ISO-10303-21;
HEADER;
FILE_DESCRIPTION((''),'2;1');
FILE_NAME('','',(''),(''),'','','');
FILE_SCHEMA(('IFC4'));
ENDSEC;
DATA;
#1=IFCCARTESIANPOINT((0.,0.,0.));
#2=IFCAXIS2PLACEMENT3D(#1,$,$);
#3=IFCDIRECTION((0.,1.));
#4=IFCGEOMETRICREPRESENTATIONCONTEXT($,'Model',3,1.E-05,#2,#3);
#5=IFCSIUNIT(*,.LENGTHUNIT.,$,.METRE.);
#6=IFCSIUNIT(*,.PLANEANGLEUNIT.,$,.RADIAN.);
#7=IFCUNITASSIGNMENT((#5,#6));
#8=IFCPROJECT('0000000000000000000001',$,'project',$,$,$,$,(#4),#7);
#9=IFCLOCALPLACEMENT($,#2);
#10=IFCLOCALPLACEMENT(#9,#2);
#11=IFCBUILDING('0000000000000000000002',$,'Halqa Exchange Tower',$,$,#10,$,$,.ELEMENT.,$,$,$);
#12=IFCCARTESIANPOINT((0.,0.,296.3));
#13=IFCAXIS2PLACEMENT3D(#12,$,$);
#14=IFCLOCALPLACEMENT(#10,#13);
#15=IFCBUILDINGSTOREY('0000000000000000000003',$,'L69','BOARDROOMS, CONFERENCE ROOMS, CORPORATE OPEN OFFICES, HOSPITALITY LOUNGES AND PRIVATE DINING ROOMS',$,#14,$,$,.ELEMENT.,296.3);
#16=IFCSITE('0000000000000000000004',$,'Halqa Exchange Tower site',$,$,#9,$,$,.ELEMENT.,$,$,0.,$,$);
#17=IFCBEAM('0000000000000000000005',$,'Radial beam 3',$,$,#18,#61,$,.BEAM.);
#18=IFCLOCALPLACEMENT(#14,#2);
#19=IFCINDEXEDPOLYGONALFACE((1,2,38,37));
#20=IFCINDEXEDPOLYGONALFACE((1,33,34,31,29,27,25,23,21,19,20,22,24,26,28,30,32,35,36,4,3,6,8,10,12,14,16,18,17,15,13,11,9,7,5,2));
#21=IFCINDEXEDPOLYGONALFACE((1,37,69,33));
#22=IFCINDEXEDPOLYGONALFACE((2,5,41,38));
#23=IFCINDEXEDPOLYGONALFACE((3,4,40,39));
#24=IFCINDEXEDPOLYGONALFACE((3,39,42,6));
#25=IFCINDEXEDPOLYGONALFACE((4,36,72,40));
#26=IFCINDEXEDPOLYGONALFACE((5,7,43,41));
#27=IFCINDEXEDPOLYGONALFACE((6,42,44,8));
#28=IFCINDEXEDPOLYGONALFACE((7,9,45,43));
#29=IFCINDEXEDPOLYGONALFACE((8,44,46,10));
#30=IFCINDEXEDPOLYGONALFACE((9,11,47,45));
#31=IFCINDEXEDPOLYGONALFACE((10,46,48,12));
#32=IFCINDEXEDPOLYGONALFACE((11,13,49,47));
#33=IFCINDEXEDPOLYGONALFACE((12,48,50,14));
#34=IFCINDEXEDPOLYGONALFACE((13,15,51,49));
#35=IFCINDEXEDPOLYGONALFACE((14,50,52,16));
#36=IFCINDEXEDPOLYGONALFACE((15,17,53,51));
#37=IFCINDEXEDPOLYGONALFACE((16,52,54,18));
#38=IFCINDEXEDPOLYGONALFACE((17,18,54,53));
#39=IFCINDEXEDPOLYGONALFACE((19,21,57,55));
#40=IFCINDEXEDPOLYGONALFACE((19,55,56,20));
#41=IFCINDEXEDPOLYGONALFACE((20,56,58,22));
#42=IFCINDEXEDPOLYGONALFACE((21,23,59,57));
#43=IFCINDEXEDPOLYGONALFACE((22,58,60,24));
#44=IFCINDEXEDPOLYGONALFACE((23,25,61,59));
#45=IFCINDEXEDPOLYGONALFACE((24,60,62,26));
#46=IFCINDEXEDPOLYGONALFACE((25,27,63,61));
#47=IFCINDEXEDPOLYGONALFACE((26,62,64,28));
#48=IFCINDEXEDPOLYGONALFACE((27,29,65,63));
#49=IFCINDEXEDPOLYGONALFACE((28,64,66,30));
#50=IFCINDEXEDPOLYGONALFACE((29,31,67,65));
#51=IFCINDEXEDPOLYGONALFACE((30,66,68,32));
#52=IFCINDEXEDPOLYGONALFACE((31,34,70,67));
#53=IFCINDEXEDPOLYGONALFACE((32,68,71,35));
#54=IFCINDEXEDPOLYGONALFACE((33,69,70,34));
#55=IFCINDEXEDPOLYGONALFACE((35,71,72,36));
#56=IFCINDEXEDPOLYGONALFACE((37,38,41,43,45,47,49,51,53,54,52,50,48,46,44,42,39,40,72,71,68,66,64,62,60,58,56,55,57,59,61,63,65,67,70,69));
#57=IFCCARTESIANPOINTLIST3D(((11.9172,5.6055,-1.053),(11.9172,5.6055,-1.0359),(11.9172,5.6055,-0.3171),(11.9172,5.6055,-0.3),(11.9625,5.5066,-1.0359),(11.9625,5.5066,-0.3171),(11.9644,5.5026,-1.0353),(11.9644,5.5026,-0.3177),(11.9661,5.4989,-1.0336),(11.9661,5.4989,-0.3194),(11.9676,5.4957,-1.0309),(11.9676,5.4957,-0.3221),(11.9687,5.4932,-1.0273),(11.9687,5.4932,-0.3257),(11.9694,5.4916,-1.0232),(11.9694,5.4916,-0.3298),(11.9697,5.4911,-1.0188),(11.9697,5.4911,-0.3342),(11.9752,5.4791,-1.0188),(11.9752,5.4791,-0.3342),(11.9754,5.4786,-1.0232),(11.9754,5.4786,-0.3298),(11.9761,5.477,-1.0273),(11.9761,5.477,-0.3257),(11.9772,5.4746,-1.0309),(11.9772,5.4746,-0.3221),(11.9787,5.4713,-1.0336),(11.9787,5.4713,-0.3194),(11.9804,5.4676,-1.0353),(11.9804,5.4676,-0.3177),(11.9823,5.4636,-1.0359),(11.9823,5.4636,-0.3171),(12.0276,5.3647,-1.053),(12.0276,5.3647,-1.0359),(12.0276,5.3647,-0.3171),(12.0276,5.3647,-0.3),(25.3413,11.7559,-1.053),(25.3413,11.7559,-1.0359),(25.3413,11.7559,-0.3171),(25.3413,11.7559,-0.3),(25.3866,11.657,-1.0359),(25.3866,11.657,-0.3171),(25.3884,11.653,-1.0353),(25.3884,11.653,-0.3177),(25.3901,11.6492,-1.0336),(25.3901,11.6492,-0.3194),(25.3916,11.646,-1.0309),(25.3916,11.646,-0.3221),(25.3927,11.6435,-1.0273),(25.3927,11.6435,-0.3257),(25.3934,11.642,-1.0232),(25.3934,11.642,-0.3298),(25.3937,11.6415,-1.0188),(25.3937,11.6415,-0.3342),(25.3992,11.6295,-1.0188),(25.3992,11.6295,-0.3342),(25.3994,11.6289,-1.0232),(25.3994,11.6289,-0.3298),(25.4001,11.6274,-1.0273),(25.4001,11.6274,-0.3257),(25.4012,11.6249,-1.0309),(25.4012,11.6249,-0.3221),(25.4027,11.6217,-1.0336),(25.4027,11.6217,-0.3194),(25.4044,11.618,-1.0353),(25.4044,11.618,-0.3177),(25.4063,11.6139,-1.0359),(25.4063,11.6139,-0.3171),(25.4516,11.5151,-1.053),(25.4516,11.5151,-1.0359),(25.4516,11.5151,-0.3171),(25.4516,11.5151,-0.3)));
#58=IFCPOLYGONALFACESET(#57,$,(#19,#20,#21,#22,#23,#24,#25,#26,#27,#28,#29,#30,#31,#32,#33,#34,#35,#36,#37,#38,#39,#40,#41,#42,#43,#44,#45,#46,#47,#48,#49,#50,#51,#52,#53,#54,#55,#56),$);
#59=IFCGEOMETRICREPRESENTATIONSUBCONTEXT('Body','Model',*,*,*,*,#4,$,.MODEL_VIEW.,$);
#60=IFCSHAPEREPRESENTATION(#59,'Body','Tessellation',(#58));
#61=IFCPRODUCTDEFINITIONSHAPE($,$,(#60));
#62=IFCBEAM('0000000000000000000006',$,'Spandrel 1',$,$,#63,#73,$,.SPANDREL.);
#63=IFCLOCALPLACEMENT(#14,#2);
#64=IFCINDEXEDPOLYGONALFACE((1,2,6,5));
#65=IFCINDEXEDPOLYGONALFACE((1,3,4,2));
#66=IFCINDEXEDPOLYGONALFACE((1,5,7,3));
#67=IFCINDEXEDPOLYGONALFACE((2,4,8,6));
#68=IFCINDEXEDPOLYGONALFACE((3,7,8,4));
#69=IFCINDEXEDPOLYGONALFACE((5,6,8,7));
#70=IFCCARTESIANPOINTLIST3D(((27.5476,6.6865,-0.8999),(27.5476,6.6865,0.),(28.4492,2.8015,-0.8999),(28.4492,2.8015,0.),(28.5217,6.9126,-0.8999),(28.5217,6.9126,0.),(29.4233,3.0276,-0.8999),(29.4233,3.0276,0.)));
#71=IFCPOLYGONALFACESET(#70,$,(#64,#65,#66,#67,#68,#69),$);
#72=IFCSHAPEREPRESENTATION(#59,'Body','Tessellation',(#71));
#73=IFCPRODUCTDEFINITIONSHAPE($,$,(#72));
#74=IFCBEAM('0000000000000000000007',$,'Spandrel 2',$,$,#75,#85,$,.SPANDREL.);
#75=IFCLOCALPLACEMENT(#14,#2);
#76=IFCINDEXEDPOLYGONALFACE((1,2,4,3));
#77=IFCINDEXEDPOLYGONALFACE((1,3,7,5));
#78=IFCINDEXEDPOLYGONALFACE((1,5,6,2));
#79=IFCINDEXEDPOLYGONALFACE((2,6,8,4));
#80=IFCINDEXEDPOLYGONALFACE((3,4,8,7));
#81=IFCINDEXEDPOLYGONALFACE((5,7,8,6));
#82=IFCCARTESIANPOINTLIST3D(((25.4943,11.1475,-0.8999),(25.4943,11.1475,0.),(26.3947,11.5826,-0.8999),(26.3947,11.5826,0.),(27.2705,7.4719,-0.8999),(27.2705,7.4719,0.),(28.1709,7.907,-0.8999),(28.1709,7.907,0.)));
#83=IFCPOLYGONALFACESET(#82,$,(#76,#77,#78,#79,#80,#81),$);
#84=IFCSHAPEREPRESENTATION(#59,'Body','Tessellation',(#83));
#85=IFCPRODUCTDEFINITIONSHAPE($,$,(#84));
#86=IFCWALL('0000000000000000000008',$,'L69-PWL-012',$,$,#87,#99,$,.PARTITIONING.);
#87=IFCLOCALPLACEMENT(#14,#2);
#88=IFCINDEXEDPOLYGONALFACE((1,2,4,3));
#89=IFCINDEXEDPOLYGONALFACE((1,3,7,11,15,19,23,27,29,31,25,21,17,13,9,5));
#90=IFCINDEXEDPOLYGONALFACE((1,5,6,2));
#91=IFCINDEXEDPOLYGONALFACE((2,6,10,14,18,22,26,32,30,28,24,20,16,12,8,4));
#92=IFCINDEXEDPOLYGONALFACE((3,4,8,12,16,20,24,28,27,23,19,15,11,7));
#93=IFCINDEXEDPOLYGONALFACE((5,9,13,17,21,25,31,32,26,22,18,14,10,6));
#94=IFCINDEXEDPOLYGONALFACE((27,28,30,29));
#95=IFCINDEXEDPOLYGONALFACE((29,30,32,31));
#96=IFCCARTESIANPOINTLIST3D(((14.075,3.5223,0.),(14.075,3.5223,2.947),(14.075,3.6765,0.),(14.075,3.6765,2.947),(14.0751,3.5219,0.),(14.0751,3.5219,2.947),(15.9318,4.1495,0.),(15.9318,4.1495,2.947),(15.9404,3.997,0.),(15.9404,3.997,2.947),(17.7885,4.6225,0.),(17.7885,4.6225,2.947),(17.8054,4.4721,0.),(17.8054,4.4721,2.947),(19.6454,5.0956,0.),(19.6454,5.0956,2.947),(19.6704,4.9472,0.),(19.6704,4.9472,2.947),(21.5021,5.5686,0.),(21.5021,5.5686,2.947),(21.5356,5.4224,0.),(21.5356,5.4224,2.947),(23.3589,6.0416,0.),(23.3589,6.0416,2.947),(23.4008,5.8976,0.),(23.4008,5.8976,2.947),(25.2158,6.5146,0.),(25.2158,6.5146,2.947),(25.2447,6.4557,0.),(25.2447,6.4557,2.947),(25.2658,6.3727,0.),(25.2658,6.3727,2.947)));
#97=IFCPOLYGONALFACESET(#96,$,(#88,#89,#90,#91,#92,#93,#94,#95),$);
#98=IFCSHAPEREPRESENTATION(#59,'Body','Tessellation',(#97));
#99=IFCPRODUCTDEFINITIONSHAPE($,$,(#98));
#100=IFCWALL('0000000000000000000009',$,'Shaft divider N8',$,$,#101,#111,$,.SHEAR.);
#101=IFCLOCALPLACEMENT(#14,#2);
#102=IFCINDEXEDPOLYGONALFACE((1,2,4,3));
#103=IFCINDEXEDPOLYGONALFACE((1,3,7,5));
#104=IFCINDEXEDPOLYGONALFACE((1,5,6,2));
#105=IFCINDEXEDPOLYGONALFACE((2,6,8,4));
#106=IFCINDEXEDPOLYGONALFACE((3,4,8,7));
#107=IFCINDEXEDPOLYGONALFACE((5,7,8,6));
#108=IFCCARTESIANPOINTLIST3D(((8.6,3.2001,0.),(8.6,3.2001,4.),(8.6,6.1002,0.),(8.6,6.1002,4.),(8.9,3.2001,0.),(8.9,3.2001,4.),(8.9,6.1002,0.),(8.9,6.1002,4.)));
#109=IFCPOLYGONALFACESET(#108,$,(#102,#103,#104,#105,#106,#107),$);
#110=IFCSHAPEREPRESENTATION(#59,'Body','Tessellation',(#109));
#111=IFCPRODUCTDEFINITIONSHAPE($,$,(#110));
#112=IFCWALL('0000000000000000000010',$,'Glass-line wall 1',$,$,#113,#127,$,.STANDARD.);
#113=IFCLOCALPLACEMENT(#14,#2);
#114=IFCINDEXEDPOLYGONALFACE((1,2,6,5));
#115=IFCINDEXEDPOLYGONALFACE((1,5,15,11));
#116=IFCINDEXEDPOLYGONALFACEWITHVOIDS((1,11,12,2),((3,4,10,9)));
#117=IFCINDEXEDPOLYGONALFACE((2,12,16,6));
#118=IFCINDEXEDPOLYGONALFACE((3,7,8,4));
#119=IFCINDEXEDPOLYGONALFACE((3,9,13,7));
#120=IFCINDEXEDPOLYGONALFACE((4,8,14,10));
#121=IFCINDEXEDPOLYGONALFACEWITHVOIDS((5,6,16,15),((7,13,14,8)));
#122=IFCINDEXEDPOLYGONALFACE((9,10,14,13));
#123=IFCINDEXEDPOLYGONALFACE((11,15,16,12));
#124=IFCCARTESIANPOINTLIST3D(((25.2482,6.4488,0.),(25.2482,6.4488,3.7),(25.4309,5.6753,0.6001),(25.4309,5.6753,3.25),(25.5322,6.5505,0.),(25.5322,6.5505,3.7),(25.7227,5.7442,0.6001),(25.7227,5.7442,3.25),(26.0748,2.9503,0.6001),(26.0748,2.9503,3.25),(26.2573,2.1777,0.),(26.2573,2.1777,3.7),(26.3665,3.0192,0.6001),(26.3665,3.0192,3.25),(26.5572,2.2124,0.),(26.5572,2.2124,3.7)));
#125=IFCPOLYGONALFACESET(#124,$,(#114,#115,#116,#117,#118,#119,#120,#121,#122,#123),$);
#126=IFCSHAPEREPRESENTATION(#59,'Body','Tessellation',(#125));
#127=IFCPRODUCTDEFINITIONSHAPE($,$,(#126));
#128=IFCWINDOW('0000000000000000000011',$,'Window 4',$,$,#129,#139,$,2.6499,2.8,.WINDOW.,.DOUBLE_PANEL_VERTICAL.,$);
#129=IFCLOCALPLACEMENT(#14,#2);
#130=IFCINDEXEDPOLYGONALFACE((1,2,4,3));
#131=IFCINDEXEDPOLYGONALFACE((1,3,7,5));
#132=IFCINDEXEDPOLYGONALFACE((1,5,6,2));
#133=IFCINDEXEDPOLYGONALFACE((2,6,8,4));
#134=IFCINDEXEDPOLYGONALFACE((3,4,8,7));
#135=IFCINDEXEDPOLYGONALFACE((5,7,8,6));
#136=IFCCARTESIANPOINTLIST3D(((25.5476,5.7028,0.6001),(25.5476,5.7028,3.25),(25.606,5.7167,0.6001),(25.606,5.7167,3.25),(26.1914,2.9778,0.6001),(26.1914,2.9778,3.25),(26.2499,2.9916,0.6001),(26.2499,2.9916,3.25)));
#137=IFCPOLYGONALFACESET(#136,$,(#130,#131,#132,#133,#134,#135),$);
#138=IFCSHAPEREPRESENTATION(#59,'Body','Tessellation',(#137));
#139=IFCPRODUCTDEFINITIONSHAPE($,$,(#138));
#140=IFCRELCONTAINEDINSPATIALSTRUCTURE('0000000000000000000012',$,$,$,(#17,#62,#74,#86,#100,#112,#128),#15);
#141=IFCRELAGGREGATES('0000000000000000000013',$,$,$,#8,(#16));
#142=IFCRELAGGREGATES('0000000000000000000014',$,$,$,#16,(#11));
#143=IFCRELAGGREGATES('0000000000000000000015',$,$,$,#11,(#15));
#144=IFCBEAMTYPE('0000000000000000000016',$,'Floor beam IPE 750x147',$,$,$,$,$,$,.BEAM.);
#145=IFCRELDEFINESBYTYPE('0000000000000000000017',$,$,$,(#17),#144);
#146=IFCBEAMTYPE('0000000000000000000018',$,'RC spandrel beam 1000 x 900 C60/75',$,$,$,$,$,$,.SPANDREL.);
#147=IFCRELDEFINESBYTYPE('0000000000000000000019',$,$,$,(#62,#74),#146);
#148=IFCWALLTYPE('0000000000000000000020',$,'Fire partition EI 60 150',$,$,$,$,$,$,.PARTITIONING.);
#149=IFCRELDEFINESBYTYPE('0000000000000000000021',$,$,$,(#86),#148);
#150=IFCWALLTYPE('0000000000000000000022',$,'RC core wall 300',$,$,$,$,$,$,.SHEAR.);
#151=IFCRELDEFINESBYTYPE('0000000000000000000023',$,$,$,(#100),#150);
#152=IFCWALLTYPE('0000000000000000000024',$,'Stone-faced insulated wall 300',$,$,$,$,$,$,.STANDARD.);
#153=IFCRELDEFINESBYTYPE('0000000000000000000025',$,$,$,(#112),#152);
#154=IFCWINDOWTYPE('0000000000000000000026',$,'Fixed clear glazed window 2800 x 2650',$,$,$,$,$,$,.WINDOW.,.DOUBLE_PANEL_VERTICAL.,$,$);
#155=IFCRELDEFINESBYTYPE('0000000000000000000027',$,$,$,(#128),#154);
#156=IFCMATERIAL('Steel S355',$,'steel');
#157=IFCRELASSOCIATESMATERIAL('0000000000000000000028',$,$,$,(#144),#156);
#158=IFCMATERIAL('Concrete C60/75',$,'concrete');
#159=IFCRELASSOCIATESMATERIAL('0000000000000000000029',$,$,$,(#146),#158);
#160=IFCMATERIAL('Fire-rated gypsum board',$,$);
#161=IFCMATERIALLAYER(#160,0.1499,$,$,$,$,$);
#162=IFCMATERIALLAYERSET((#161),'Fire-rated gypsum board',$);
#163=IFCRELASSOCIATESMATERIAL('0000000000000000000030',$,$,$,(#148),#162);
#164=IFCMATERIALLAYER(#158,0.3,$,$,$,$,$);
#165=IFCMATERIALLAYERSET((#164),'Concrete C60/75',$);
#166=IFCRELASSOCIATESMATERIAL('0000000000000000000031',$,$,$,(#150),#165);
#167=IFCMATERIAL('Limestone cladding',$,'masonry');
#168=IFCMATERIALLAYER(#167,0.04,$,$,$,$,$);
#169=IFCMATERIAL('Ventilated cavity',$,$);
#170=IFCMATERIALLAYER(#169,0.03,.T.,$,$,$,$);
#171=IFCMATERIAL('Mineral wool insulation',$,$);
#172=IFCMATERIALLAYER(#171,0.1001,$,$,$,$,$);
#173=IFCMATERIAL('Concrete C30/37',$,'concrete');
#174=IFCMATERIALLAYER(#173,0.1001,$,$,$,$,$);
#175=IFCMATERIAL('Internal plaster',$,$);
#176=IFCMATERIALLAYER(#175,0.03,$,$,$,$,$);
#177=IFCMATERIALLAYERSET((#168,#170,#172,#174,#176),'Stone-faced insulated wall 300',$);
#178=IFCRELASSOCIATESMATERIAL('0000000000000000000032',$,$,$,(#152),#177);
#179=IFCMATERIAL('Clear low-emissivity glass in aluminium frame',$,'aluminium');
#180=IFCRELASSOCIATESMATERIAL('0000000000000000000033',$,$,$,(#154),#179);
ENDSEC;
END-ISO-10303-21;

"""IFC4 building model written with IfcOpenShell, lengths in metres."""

from ifc_helpers import new_model, si_unit, direction, frame, frame_2d, origin, origin_2d, place, context, subcontext, project, spatial, polyline, rectangle, i_section, outline, extrude, material, layer, layer_set, material_profile, profile_set, type_object, element, fill, save


model = new_model("IFC4")

# Units and contexts
model_context = context("Model", 3, precision=1e-05, world=origin(), true_north=direction((0.0, 1.0)))
body_context = subcontext(model_context, "Body", "Model", "MODEL_VIEW")
ifc_project = project(units=[si_unit("LENGTHUNIT", "METRE"), si_unit("PLANEANGLEUNIT", "RADIAN")], contexts=[model_context])

# Site, building, storey
site_placement = place(None, origin())
site = spatial("IfcSite", under=ifc_project, at=site_placement, Name="Halqa Exchange Tower site", CompositionType="ELEMENT", RefElevation=0.0)
building_placement = place(site_placement, origin())
building = spatial("IfcBuilding", under=site, at=building_placement, Name="Halqa Exchange Tower", CompositionType="ELEMENT")
storey_placement = place(building_placement, frame((0.0, 0.0, 296.3)))
storey = spatial("IfcBuildingStorey", under=building, at=storey_placement, Name="L69", Description="BOARDROOMS, CONFERENCE ROOMS, CORPORATE OPEN OFFICES, HOSPITALITY LOUNGES AND PRIVATE DINING ROOMS", CompositionType="ELEMENT", Elevation=296.3)

# Beams
ifc_material_1 = material(Name="Steel S355", Category="steel")
ifc_material_profile_1 = material_profile(ifc_material_1, i_section(OverallWidth=0.2649, OverallDepth=0.7529, WebThickness=0.0132, FlangeThickness=0.0171, FilletRadius=0.0171, at=origin_2d()), Name="IPE 750x147")
ifc_profile_set_1 = profile_set([ifc_material_profile_1], Name="Steel S355")
beam_type_1 = type_object("IfcBeamType", Name="Floor beam IPE 750x147", PredefinedType="BEAM", material=ifc_profile_set_1)
beam_1_placement = place(storey_placement, frame((11.9724, 5.4851, -0.6765), z_axis=(0.909124, 0.416525, 0.0), x_axis=(-0.416525, 0.909124, 0.0)))
element("IfcBeam", 1, at=beam_1_placement, inside=storey, type_object=beam_type_1, Name="Radial beam 3", PredefinedType="BEAM", context=body_context, shape_type="SweptSolid", body=[
    extrude(i_section(OverallWidth=0.2649, OverallDepth=0.7529, WebThickness=0.0132, FlangeThickness=0.0171, FilletRadius=0.0171, at=origin_2d()), origin(), (0.0, 0.0, 1.0), 14.7659),
])
ifc_material_2 = material(Name="Concrete C60/75", Category="concrete")
ifc_material_profile_2 = material_profile(ifc_material_2, rectangle(XDim=1.0, YDim=0.8999, at=origin_2d()), Name="1000 x 900")
ifc_profile_set_2 = profile_set([ifc_material_profile_2], Name="Concrete C60/75")
beam_type_2 = type_object("IfcBeamType", Name="RC spandrel beam 1000 x 900 C60/75", PredefinedType="SPANDREL", material=ifc_profile_set_2)
beam_2_placement = place(storey_placement, frame((28.9363, 2.9146, -0.45), z_axis=(-0.226066, 0.974112, 0.0), x_axis=(-0.974112, -0.226066, 0.0)))
element("IfcBeam", 2, at=beam_2_placement, inside=storey, type_object=beam_type_2, Name="Spandrel 1", PredefinedType="SPANDREL", context=body_context, shape_type="SweptSolid", body=[
    extrude(rectangle(XDim=1.0, YDim=0.8999, at=origin_2d()), origin(), (0.0, 0.0, 1.0), 3.9883),
])
beam_3_placement = place(storey_placement, frame((27.7207, 7.6895, -0.45), z_axis=(-0.435092, 0.900386, 0.0), x_axis=(-0.900386, -0.435092, 0.0)))
element("IfcBeam", 3, at=beam_3_placement, inside=storey, type_object=beam_type_2, Name="Spandrel 2", PredefinedType="SPANDREL", context=body_context, shape_type="SweptSolid", body=[
    extrude(rectangle(XDim=1.0, YDim=0.8999, at=origin_2d()), origin(), (0.0, 0.0, 1.0), 4.0823),
])

# Walls
ifc_material_3 = material(Name="Fire-rated gypsum board")
ifc_layer_1 = layer(ifc_material_3, 0.1499)
ifc_layer_set_1 = layer_set([ifc_layer_1], Name="Fire-rated gypsum board")
wall_type_1 = type_object("IfcWallType", Name="Fire partition EI 60 150", PredefinedType="PARTITIONING", material=ifc_layer_set_1)
wall_1_placement = place(storey_placement, frame((14.0566, 3.5945, 0.0), z_axis=(0.0, 0.0, 1.0), x_axis=(0.96905, 0.246866, 0.0)))
element("IfcWall", 4, at=wall_1_placement, inside=storey, type_object=wall_type_1, Name="L69-PWL-012", PredefinedType="PARTITIONING", context=body_context, shape_type="SweptSolid", body=[
    extrude(outline(polyline([(11.5481, -0.075), (11.5481, 0.0107), (11.5347, 0.075), (9.6184, 0.075), (7.7024, 0.075), (5.7864, 0.075), (3.8701, 0.075), (1.9541, 0.075), (0.0381, 0.075), (0.0, -0.0745), (0.0, -0.075), (1.9248, -0.075), (3.8494, -0.075), (5.7739, -0.075), (7.6987, -0.075), (9.6235, -0.075), (11.5481, -0.075)])), origin(), (0.0, 0.0, 1.0), 2.947),
])
ifc_layer_2 = layer(ifc_material_2, 0.3)
ifc_layer_set_2 = layer_set([ifc_layer_2], Name="Concrete C60/75")
wall_type_2 = type_object("IfcWallType", Name="RC core wall 300", PredefinedType="SHEAR", material=ifc_layer_set_2)
wall_2_placement = place(storey_placement, frame((8.75, 3.2, 0.0), z_axis=(0.0, 0.0, 1.0), x_axis=(0.0, 1.0, 0.0)))
element("IfcWall", 5, at=wall_2_placement, inside=storey, type_object=wall_type_2, Name="Shaft divider N8", PredefinedType="SHEAR", context=body_context, shape_type="SweptSolid", body=[
    extrude(rectangle(XDim=2.9001, YDim=0.3, at=frame_2d((1.4502, 0.0))), origin(), (0.0, 0.0, 1.0), 4.0),
])

# Wall, opening, window
ifc_material_4 = material(Name="Limestone cladding", Category="masonry")
ifc_layer_3 = layer(ifc_material_4, 0.04)
ifc_material_5 = material(Name="Ventilated cavity")
ifc_layer_4 = layer(ifc_material_5, 0.03, ventilated=True)
ifc_material_6 = material(Name="Mineral wool insulation")
ifc_layer_5 = layer(ifc_material_6, 0.1001)
ifc_material_7 = material(Name="Concrete C30/37", Category="concrete")
ifc_layer_6 = layer(ifc_material_7, 0.1001)
ifc_material_8 = material(Name="Internal plaster")
ifc_layer_7 = layer(ifc_material_8, 0.03)
ifc_layer_set_3 = layer_set([ifc_layer_3, ifc_layer_4, ifc_layer_5, ifc_layer_6, ifc_layer_7], Name="Stone-faced insulated wall 300")
wall_type_3 = type_object("IfcWallType", Name="Stone-faced insulated wall 300", PredefinedType="STANDARD", material=ifc_layer_set_3)
wall_3_placement = place(storey_placement, frame((26.4072, 2.1951, 0.0), z_axis=(0.0, 0.0, 1.0), x_axis=(-0.229944, 0.973204, 0.0)))
wall_3 = element("IfcWall", 6, at=wall_3_placement, inside=storey, type_object=wall_type_3, Name="Glass-line wall 1", PredefinedType="STANDARD", context=body_context, shape_type="SweptSolid", body=[
    extrude(outline(polyline([(-0.0176, -0.1499), (4.4399, -0.1499), (4.4062, 0.1499), (0.0176, 0.1499), (-0.0176, -0.1499)])), origin(), (0.0, 0.0, 1.0), 3.7),
])
opening_1_placement = place(wall_3_placement, frame((0.8115, 0.0, 0.6001)))
opening_1 = element("IfcOpeningElement", 7, at=opening_1_placement, cuts=wall_3, PredefinedType="OPENING", context=body_context, shape_type="SweptSolid", body=[
    extrude(rectangle(XDim=2.8, YDim=2.6499, at=frame_2d((1.3999, 1.325))), frame((0.0, 0.1621, 0.0), z_axis=(0.0, -1.0, 0.0), x_axis=(1.0, 0.0, 0.0)), (0.0, 0.0, 1.0), 0.324),
])
ifc_material_9 = material(Name="Clear low-emissivity glass in aluminium frame", Category="aluminium")
window_type = type_object("IfcWindowType", Name="Fixed clear glazed window 2800 x 2650", PartitioningType="DOUBLE_PANEL_VERTICAL", PredefinedType="WINDOW", material=ifc_material_9)
window_1_placement = place(opening_1_placement, origin())
window_1 = element("IfcWindow", 8, at=window_1_placement, inside=storey, type_object=window_type, Name="Window 4", OverallHeight=2.6499, OverallWidth=2.8, PartitioningType="DOUBLE_PANEL_VERTICAL", PredefinedType="WINDOW", context=body_context, shape_type="SweptSolid", body=[
    extrude(rectangle(XDim=2.8, YDim=2.6499, at=frame_2d((1.3999, 1.325))), frame((0.0, 0.03, 0.0), z_axis=(0.0, -1.0, 0.0), x_axis=(1.0, 0.0, 0.0)), (0.0, 0.0, 1.0), 0.0601),
])
fill(opening_1, window_1)

save(model, "model.ifc")
